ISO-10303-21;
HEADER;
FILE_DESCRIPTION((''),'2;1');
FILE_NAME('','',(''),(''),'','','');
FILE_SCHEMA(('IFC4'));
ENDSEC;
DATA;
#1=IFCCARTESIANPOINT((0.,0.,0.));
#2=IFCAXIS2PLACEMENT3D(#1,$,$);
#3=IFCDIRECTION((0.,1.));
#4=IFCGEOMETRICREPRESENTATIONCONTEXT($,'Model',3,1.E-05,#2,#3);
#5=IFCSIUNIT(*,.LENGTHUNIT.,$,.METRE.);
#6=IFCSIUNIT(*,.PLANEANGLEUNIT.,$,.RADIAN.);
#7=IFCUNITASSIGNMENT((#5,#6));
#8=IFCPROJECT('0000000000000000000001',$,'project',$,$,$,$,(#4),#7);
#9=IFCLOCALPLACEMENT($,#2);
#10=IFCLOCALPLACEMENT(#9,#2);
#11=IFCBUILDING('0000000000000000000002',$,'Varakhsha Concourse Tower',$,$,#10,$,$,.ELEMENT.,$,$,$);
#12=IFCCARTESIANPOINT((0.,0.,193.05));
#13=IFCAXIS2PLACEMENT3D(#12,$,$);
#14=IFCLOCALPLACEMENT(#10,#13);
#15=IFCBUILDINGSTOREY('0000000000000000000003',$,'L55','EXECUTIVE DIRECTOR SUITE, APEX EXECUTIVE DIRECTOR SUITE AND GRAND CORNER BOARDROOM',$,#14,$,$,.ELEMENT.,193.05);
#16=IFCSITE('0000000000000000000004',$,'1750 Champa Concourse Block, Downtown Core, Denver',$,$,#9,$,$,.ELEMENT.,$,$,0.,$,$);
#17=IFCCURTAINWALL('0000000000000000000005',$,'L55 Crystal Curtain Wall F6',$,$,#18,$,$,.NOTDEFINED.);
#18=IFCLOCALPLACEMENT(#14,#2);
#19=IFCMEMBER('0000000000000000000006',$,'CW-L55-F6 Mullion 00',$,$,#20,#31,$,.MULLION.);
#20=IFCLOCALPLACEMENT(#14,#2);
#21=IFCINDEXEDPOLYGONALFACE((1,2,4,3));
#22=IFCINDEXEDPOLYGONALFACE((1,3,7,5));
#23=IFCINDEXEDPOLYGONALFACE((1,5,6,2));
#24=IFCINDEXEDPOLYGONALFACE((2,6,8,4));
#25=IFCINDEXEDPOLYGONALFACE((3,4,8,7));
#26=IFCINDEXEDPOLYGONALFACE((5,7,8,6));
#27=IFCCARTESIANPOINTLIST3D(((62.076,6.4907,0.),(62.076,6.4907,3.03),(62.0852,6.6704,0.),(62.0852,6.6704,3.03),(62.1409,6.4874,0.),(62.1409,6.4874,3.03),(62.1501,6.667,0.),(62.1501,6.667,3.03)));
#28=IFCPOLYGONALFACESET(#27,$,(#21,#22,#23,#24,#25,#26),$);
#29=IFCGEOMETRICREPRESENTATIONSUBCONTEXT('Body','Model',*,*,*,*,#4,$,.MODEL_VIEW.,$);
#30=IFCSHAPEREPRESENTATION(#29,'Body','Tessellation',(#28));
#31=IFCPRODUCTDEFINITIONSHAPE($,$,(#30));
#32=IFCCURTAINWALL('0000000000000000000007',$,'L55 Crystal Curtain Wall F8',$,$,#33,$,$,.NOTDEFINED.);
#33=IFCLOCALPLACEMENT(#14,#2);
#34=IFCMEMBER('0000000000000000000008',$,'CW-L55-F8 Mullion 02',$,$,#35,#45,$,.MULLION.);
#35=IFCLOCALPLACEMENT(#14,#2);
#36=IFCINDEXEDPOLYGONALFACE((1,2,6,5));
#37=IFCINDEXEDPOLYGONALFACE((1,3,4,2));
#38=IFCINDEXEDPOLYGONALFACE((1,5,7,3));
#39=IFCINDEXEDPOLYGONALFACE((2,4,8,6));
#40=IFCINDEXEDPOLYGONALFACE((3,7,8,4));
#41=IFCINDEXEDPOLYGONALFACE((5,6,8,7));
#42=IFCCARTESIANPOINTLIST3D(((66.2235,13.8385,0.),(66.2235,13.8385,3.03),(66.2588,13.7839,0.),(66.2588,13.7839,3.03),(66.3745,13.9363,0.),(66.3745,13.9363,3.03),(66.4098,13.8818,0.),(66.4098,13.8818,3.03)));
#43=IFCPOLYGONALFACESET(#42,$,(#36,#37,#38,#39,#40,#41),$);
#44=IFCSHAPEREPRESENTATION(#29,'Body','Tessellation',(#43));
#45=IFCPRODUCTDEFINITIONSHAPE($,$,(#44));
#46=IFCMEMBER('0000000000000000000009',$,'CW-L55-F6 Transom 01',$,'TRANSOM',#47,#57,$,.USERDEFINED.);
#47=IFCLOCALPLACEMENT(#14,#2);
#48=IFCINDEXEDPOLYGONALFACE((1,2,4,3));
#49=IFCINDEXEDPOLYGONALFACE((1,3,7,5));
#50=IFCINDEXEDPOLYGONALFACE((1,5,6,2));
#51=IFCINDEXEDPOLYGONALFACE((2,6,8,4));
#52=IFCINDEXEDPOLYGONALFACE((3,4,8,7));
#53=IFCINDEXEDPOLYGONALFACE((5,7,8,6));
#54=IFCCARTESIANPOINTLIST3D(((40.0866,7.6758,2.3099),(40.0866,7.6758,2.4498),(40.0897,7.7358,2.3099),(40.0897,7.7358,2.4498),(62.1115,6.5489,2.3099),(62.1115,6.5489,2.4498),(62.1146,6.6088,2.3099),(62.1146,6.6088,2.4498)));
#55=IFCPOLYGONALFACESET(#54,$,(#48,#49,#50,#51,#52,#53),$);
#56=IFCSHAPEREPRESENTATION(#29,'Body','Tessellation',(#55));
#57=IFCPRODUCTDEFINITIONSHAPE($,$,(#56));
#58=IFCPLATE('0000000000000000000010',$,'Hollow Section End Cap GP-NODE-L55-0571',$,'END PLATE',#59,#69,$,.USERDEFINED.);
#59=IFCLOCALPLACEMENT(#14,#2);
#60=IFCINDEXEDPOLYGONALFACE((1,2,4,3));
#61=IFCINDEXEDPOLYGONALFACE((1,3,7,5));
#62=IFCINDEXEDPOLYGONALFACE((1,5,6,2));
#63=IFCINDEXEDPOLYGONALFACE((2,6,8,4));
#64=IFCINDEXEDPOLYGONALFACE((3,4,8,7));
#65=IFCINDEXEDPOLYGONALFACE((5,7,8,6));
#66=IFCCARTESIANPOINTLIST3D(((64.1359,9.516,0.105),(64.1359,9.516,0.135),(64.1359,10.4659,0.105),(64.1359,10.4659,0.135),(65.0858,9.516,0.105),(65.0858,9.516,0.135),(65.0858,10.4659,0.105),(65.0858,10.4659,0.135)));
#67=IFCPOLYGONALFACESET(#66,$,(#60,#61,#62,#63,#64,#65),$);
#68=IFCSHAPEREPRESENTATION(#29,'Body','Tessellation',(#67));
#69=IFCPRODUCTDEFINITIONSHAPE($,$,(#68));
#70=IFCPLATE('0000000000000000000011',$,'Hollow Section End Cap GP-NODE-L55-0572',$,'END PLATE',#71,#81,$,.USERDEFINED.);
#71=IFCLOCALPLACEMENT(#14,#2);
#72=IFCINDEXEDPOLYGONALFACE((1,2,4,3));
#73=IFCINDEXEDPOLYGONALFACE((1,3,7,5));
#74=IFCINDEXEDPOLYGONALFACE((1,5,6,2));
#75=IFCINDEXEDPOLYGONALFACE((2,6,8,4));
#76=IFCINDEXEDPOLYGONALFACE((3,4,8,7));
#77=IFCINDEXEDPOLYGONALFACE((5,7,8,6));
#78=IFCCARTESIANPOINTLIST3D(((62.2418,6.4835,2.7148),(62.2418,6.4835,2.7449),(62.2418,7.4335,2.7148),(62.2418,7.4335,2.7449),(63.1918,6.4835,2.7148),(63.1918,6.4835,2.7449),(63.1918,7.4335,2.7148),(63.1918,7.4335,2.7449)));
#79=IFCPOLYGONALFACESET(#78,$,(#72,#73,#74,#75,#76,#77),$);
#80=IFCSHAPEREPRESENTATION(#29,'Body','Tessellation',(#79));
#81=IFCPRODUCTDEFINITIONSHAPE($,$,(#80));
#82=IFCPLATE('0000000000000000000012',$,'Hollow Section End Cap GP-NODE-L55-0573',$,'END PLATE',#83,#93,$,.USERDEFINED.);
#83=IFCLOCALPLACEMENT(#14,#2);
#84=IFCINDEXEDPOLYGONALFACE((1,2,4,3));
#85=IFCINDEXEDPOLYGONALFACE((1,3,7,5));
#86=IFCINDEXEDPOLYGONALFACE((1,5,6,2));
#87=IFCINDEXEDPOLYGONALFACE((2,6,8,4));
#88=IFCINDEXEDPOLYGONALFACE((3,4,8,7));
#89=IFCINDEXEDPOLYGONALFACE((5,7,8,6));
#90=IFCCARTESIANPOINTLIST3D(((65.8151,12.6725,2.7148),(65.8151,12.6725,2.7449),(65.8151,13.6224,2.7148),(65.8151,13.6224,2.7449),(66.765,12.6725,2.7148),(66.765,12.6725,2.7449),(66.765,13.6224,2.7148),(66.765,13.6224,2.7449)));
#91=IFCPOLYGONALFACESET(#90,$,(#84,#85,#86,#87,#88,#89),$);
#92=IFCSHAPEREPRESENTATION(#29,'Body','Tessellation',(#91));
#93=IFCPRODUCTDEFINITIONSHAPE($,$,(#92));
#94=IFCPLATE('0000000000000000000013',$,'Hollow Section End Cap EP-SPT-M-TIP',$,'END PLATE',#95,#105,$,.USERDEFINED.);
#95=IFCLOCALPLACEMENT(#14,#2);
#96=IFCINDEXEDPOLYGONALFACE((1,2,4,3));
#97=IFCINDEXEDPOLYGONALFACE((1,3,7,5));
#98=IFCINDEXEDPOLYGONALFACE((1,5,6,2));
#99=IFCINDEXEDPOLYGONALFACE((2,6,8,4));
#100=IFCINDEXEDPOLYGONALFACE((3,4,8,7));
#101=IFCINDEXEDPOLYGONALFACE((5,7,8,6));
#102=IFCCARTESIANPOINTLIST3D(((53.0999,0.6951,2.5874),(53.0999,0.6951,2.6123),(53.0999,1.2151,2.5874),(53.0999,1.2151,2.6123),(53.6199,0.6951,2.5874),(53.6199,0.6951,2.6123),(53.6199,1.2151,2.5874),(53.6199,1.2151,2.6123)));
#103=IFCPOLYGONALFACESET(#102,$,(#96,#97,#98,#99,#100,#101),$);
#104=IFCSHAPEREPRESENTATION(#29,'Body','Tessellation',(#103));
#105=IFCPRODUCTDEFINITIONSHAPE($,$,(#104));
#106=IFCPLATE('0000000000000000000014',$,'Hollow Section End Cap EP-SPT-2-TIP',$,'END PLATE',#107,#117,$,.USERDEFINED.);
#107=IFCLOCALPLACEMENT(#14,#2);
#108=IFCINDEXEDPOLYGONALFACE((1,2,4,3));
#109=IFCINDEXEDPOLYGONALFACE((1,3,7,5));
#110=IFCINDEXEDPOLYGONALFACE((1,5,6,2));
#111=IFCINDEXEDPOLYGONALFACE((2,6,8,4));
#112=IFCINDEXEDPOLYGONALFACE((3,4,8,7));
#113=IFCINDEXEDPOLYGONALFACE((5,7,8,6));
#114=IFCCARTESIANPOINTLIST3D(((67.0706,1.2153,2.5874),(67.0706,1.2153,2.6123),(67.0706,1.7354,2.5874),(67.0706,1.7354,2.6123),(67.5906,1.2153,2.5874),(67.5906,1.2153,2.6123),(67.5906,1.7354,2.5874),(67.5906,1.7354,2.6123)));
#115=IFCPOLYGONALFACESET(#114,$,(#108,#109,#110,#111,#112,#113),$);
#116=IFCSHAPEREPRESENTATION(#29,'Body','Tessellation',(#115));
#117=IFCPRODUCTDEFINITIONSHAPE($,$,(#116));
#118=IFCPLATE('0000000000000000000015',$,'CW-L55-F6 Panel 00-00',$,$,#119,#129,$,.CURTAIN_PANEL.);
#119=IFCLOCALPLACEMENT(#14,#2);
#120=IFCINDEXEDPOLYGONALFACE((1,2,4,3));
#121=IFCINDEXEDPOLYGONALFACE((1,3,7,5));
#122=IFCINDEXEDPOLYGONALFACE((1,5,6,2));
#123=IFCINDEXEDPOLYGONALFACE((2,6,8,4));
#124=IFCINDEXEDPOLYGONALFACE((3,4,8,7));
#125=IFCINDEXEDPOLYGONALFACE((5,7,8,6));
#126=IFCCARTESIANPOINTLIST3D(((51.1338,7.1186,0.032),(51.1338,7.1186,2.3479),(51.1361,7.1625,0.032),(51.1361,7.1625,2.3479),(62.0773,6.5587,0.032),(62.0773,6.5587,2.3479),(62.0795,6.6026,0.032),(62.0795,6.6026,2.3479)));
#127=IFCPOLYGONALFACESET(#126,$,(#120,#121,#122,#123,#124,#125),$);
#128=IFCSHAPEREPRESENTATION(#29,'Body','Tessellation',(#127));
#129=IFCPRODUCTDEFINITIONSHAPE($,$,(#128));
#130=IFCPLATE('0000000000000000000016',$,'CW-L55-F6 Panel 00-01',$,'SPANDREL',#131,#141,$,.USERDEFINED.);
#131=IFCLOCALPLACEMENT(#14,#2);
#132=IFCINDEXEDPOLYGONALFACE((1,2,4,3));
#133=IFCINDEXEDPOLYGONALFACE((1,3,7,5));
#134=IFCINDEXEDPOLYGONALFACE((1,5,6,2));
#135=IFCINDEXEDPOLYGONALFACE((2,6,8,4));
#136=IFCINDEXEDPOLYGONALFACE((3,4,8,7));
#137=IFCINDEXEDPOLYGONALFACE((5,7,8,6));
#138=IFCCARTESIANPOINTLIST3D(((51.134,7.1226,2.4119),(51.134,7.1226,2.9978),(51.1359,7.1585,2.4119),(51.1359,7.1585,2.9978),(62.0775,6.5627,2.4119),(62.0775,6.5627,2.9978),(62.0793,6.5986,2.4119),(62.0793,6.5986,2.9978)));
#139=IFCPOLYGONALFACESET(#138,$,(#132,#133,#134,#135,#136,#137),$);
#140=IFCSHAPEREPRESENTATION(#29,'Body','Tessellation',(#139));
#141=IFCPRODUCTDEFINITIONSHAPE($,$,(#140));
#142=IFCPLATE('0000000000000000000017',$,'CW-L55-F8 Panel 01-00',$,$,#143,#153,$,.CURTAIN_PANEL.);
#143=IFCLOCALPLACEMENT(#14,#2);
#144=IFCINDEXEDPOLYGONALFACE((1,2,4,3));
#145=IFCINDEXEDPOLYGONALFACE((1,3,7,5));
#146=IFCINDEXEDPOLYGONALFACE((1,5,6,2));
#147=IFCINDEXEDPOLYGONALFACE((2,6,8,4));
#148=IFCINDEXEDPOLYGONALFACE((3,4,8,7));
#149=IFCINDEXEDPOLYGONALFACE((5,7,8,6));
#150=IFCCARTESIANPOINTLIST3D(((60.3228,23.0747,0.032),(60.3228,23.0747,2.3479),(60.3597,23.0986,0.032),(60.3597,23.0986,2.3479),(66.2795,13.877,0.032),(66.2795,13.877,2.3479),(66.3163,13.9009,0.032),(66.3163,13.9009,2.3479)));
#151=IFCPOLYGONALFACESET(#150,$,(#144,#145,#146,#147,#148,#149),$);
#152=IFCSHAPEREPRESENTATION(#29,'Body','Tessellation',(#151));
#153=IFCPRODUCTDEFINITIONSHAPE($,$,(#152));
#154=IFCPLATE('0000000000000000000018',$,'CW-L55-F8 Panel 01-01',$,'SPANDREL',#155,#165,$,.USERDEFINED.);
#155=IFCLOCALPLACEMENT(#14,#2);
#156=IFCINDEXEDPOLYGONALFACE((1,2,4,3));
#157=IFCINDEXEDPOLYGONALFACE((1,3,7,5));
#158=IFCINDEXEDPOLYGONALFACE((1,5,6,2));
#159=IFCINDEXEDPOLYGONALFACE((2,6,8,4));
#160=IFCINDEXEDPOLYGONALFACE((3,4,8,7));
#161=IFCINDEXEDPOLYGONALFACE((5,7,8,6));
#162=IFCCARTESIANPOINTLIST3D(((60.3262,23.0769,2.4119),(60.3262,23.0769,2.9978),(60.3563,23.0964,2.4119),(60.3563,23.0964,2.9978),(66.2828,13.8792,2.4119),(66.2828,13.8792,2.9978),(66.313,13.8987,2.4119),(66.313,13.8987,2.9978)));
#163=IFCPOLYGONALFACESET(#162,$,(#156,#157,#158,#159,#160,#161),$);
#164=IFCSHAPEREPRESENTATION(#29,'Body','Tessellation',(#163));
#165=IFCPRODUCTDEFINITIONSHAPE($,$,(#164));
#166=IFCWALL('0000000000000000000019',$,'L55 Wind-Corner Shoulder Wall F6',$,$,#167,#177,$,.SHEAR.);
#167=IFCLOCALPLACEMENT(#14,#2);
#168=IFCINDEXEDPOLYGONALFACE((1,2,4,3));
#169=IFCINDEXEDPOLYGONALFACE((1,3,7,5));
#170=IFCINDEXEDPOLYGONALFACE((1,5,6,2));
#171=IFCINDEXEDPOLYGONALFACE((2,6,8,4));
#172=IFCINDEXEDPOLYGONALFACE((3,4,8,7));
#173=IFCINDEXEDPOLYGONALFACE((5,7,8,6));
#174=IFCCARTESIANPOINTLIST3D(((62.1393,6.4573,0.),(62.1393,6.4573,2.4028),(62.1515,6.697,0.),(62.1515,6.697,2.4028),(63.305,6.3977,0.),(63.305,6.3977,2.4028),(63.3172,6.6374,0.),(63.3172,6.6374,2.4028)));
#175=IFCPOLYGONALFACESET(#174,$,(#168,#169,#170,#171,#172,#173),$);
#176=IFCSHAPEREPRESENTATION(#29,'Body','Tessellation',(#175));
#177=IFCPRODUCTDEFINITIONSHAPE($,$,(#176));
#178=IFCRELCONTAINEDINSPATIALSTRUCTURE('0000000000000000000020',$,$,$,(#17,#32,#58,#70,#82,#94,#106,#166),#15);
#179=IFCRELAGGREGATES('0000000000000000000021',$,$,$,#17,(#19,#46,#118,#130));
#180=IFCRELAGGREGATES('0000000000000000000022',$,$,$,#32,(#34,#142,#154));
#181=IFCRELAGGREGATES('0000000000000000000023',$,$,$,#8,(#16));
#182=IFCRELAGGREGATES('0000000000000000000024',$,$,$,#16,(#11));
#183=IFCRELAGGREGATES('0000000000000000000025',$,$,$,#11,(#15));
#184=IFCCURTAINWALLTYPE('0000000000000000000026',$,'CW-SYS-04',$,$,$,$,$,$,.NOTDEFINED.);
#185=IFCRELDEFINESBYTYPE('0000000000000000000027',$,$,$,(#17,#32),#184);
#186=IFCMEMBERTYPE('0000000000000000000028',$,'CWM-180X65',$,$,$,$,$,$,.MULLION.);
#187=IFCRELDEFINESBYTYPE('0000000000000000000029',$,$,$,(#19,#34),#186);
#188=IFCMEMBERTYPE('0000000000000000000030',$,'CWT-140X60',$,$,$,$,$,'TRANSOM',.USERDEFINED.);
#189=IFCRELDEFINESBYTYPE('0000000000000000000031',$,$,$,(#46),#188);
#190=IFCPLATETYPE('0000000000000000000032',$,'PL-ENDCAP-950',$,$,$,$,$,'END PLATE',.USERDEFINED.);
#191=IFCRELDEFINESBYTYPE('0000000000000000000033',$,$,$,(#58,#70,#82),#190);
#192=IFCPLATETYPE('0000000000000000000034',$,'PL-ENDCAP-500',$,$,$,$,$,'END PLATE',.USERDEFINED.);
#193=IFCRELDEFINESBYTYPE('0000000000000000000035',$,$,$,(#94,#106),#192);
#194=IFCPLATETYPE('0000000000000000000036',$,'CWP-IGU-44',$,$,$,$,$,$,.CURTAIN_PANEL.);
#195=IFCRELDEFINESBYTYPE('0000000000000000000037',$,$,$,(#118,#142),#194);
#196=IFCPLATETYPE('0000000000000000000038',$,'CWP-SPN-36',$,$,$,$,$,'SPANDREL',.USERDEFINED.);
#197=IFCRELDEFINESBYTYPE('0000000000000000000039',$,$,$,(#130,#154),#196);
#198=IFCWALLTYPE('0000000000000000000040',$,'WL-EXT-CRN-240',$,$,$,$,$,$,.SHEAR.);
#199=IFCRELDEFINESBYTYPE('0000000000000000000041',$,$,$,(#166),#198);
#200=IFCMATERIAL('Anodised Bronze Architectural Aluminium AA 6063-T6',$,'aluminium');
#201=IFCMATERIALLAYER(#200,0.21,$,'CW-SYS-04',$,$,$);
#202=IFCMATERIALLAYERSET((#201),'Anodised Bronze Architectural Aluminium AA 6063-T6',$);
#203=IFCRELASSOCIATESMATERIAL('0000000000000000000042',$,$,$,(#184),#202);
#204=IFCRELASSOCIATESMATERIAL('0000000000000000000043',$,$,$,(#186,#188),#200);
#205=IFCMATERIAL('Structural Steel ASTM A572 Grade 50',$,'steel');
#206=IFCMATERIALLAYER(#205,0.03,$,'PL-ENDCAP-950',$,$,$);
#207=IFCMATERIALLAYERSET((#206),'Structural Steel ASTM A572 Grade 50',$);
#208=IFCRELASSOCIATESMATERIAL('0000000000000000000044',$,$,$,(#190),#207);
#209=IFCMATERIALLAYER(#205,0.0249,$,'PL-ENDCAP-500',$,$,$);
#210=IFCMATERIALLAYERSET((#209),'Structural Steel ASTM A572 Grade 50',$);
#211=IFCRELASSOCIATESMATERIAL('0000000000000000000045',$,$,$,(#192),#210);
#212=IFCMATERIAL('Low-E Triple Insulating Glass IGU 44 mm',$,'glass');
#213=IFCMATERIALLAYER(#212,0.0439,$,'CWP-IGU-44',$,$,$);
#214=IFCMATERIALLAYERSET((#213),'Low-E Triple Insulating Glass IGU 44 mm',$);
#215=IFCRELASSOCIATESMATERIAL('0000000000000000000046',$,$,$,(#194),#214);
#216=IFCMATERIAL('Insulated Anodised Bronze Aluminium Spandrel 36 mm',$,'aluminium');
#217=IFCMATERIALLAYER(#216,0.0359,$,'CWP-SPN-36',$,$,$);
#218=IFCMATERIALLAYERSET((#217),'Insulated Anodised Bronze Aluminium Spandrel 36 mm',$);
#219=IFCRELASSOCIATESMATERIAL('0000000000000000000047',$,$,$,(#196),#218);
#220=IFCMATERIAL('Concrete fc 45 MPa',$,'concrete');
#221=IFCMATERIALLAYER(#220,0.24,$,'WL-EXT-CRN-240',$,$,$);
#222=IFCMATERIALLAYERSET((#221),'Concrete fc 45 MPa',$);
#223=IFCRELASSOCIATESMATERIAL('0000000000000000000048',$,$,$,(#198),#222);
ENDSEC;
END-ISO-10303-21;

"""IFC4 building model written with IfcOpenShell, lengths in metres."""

from ifc_helpers import new_model, si_unit, direction, frame, frame_2d, origin, origin_2d, place, context, subcontext, project, spatial, rectangle, extrude, source, transform, mapped, material, layer, layer_set, material_profile, profile_set, type_object, type_shapes, element, aggregate, save


model = new_model("IFC4")

# Units and contexts
model_context = context("Model", 3, precision=1e-05, world=origin(), true_north=direction((0.0, 1.0)))
body_context = subcontext(model_context, "Body", "Model", "MODEL_VIEW")
ifc_project = project(units=[si_unit("LENGTHUNIT", "METRE"), si_unit("PLANEANGLEUNIT", "RADIAN")], contexts=[model_context])

# Site, building, storey
site_placement = place(None, origin())
site = spatial("IfcSite", under=ifc_project, at=site_placement, Name="1750 Champa Concourse Block, Downtown Core, Denver", CompositionType="ELEMENT", RefElevation=0.0)
building_placement = place(site_placement, origin())
building = spatial("IfcBuilding", under=site, at=building_placement, Name="Varakhsha Concourse Tower", CompositionType="ELEMENT")
storey_placement = place(building_placement, frame((0.0, 0.0, 193.05)))
storey = spatial("IfcBuildingStorey", under=building, at=storey_placement, Name="L55", Description="EXECUTIVE DIRECTOR SUITE, APEX EXECUTIVE DIRECTOR SUITE AND GRAND CORNER BOARDROOM", CompositionType="ELEMENT", Elevation=193.05)

# Shared definitions
ifc_material_1 = material(Name="Structural Steel ASTM A572 Grade 50", Category="steel")

# Curtain walls, members
ifc_material_2 = material(Name="Anodised Bronze Architectural Aluminium AA 6063-T6", Category="aluminium")
ifc_layer_1 = layer(ifc_material_2, 0.21, Name="CW-SYS-04")
ifc_layer_set_1 = layer_set([ifc_layer_1], Name="Anodised Bronze Architectural Aluminium AA 6063-T6")
curtain_wall_type = type_object("IfcCurtainWallType", Name="CW-SYS-04", PredefinedType="NOTDEFINED", material=ifc_layer_set_1)
curtain_wall_1_placement = place(storey_placement, origin())
curtain_wall_1 = element("IfcCurtainWall", 1, at=curtain_wall_1_placement, inside=storey, type_object=curtain_wall_type, Name="L55 Crystal Curtain Wall F6", PredefinedType="NOTDEFINED")
ifc_material_profile_1 = material_profile(ifc_material_2, rectangle(XDim=0.0649, YDim=0.1799, at=origin_2d()), Name="CWM-180X65")
ifc_profile_set_1 = profile_set([ifc_material_profile_1], Name="Anodised Bronze Architectural Aluminium AA 6063-T6")
member_type_1 = type_object("IfcMemberType", Name="CWM-180X65", PredefinedType="MULLION", material=ifc_profile_set_1)
shared_shape_1 = source(origin(), body_context, "Body", "SweptSolid", [
    extrude(rectangle(XDim=0.0649, YDim=0.1799, at=origin_2d()), origin(), (0.0, 0.0, 1.0), 3.03),
])
type_shapes(member_type_1, [shared_shape_1])
member_1_placement = place(storey_placement, frame((62.113, 6.5789, 0.0), z_axis=(0.0, 0.0, 1.0), x_axis=(-0.998694, 0.051093, 0.0)))
member_1 = element("IfcMember", 2, at=member_1_placement, type_object=member_type_1, Name="CW-L55-F6 Mullion 00", PredefinedType="MULLION", context=body_context, shape_type="MappedRepresentation", body=[
    mapped(shared_shape_1, transform((0.0, 0.0, 0.0), scale=1.0)),
])
curtain_wall_2_placement = place(storey_placement, origin())
curtain_wall_2 = element("IfcCurtainWall", 3, at=curtain_wall_2_placement, inside=storey, type_object=curtain_wall_type, Name="L55 Crystal Curtain Wall F8", PredefinedType="NOTDEFINED")
member_2_placement = place(storey_placement, frame((66.3167, 13.8601, 0.0), z_axis=(0.0, 0.0, 1.0), x_axis=(0.543588, -0.839352, 0.0)))
member_2 = element("IfcMember", 4, at=member_2_placement, type_object=member_type_1, Name="CW-L55-F8 Mullion 02", PredefinedType="MULLION", context=body_context, shape_type="MappedRepresentation", body=[
    mapped(shared_shape_1, transform((0.0, 0.0, 0.0), scale=1.0)),
])

# Member
ifc_material_profile_2 = material_profile(ifc_material_2, rectangle(XDim=0.0601, YDim=0.1399, at=origin_2d()), Name="CWT-140X60")
ifc_profile_set_2 = profile_set([ifc_material_profile_2], Name="Anodised Bronze Architectural Aluminium AA 6063-T6")
member_type_2 = type_object("IfcMemberType", Name="CWT-140X60", ElementType="TRANSOM", PredefinedType="USERDEFINED", material=ifc_profile_set_2)
shared_shape_2 = source(origin(), body_context, "Body", "SweptSolid", [
    extrude(rectangle(XDim=0.0601, YDim=0.1399, at=origin_2d()), origin(), (0.0, 0.0, 1.0), 22.0537),
])
type_shapes(member_type_2, [shared_shape_2])
member_3_placement = place(storey_placement, frame((62.113, 6.5789, 2.3799), z_axis=(-0.998694, 0.0511, 0.0), x_axis=(-0.0511, -0.998694, 0.0)))
member_3 = element("IfcMember", 5, at=member_3_placement, type_object=member_type_2, Name="CW-L55-F6 Transom 01", ObjectType="TRANSOM", PredefinedType="USERDEFINED", context=body_context, shape_type="MappedRepresentation", body=[
    mapped(shared_shape_2, transform((0.0, 0.0, 0.0), scale=1.0)),
])

# Plates
ifc_layer_2 = layer(ifc_material_1, 0.03, Name="PL-ENDCAP-950")
ifc_layer_set_2 = layer_set([ifc_layer_2], Name="Structural Steel ASTM A572 Grade 50")
plate_type_1 = type_object("IfcPlateType", Name="PL-ENDCAP-950", ElementType="END PLATE", PredefinedType="USERDEFINED", material=ifc_layer_set_2)
shared_shape_3 = source(origin(), body_context, "Body", "SweptSolid", [
    extrude(rectangle(XDim=0.95, YDim=0.95, at=origin_2d()), origin(), (0.0, 0.0, 1.0), 0.03),
])
type_shapes(plate_type_1, [shared_shape_3])
for number, where, z_axis, x_axis, name in (
    (6, (64.6108, 9.991, 0.105), (0.0, 0.0, 1.0), (1.0, 0.0, 0.0), "Hollow Section End Cap GP-NODE-L55-0571"),
    (7, (62.7168, 6.9585, 2.7148), (0.0, 0.0, 1.0), (1.0, 0.0, 0.0), "Hollow Section End Cap GP-NODE-L55-0572"),
    (8, (66.29, 13.1475, 2.7148), (0.0, 0.0, 1.0), (1.0, 0.0, 0.0), "Hollow Section End Cap GP-NODE-L55-0573"),
):
    element("IfcPlate", number, at=place(storey_placement, frame(where, z_axis=z_axis, x_axis=x_axis)), inside=storey, type_object=plate_type_1, Name=name, ObjectType="END PLATE", PredefinedType="USERDEFINED", context=body_context, shape_type="MappedRepresentation", body=[
        mapped(shared_shape_3, transform((0.0, 0.0, 0.0), scale=1.0)),
    ])
ifc_layer_3 = layer(ifc_material_1, 0.0249, Name="PL-ENDCAP-500")
ifc_layer_set_3 = layer_set([ifc_layer_3], Name="Structural Steel ASTM A572 Grade 50")
plate_type_2 = type_object("IfcPlateType", Name="PL-ENDCAP-500", ElementType="END PLATE", PredefinedType="USERDEFINED", material=ifc_layer_set_3)
shared_shape_4 = source(origin(), body_context, "Body", "SweptSolid", [
    extrude(rectangle(XDim=0.52, YDim=0.52, at=origin_2d()), origin(), (0.0, 0.0, 1.0), 0.0249),
])
type_shapes(plate_type_2, [shared_shape_4])
for number, where, z_axis, x_axis, name in (
    (9, (53.3599, 0.9551, 2.5874), (0.0, 0.0, 1.0), (1.0, 0.0, 0.0), "Hollow Section End Cap EP-SPT-M-TIP"),
    (10, (67.3306, 1.4753, 2.5874), (0.0, 0.0, 1.0), (1.0, 0.0, 0.0), "Hollow Section End Cap EP-SPT-2-TIP"),
):
    element("IfcPlate", number, at=place(storey_placement, frame(where, z_axis=z_axis, x_axis=x_axis)), inside=storey, type_object=plate_type_2, Name=name, ObjectType="END PLATE", PredefinedType="USERDEFINED", context=body_context, shape_type="MappedRepresentation", body=[
        mapped(shared_shape_4, transform((0.0, 0.0, 0.0), scale=1.0)),
    ])

# Plates
ifc_material_3 = material(Name="Low-E Triple Insulating Glass IGU 44 mm", Category="glass")
ifc_layer_4 = layer(ifc_material_3, 0.0439, Name="CWP-IGU-44")
ifc_layer_set_4 = layer_set([ifc_layer_4], Name="Low-E Triple Insulating Glass IGU 44 mm")
plate_type_3 = type_object("IfcPlateType", Name="CWP-IGU-44", PredefinedType="CURTAIN_PANEL", material=ifc_layer_set_4)
shared_shape_5 = source(origin(), body_context, "Body", "SweptSolid", [
    extrude(rectangle(XDim=10.9578, YDim=0.0439, at=origin_2d()), origin(), (0.0, 0.0, 1.0), 2.3159),
])
plate_1_placement = place(storey_placement, frame((56.6067, 6.8606, 0.032), z_axis=(0.0, 0.0, 1.0), x_axis=(-0.998694, 0.051093, 0.0)))
plate_1 = element("IfcPlate", 11, at=plate_1_placement, type_object=plate_type_3, Name="CW-L55-F6 Panel 00-00", PredefinedType="CURTAIN_PANEL", context=body_context, shape_type="MappedRepresentation", body=[
    mapped(shared_shape_5, transform((0.0, 0.0, 0.0), scale=1.0)),
])
ifc_material_4 = material(Name="Insulated Anodised Bronze Aluminium Spandrel 36 mm", Category="aluminium")
ifc_layer_5 = layer(ifc_material_4, 0.0359, Name="CWP-SPN-36")
ifc_layer_set_5 = layer_set([ifc_layer_5], Name="Insulated Anodised Bronze Aluminium Spandrel 36 mm")
plate_type_4 = type_object("IfcPlateType", Name="CWP-SPN-36", ElementType="SPANDREL", PredefinedType="USERDEFINED", material=ifc_layer_set_5)
shared_shape_6 = source(origin(), body_context, "Body", "SweptSolid", [
    extrude(rectangle(XDim=10.9578, YDim=0.0359, at=origin_2d()), origin(), (0.0, 0.0, 1.0), 0.5859),
])
plate_2_placement = place(storey_placement, frame((56.6067, 6.8606, 2.4119), z_axis=(0.0, 0.0, 1.0), x_axis=(-0.998694, 0.051093, 0.0)))
plate_2 = element("IfcPlate", 12, at=plate_2_placement, type_object=plate_type_4, Name="CW-L55-F6 Panel 00-01", ObjectType="SPANDREL", PredefinedType="USERDEFINED", context=body_context, shape_type="MappedRepresentation", body=[
    mapped(shared_shape_6, transform((0.0, 0.0, 0.0), scale=1.0)),
])
aggregate(curtain_wall_1, [member_1, member_3, plate_1, plate_2])
shared_shape_7 = source(origin(), body_context, "Body", "SweptSolid", [
    extrude(rectangle(XDim=10.958, YDim=0.0439, at=origin_2d()), origin(), (0.0, 0.0, 1.0), 2.3159),
])
type_shapes(plate_type_3, [shared_shape_5, shared_shape_7])
plate_3_placement = place(storey_placement, frame((63.3196, 18.4878, 0.032), z_axis=(0.0, 0.0, 1.0), x_axis=(0.543588, -0.839352, 0.0)))
plate_3 = element("IfcPlate", 13, at=plate_3_placement, type_object=plate_type_3, Name="CW-L55-F8 Panel 01-00", PredefinedType="CURTAIN_PANEL", context=body_context, shape_type="MappedRepresentation", body=[
    mapped(shared_shape_7, transform((0.0, 0.0, 0.0), scale=1.0)),
])
shared_shape_8 = source(origin(), body_context, "Body", "SweptSolid", [
    extrude(rectangle(XDim=10.958, YDim=0.0359, at=origin_2d()), origin(), (0.0, 0.0, 1.0), 0.5859),
])
type_shapes(plate_type_4, [shared_shape_6, shared_shape_8])
plate_4_placement = place(storey_placement, frame((63.3196, 18.4878, 2.4119), z_axis=(0.0, 0.0, 1.0), x_axis=(0.543588, -0.839352, 0.0)))
plate_4 = element("IfcPlate", 14, at=plate_4_placement, type_object=plate_type_4, Name="CW-L55-F8 Panel 01-01", ObjectType="SPANDREL", PredefinedType="USERDEFINED", context=body_context, shape_type="MappedRepresentation", body=[
    mapped(shared_shape_8, transform((0.0, 0.0, 0.0), scale=1.0)),
])
aggregate(curtain_wall_2, [member_2, plate_3, plate_4])

# Wall
ifc_material_5 = material(Name="Concrete fc 45 MPa", Category="concrete")
ifc_layer_6 = layer(ifc_material_5, 0.24, Name="WL-EXT-CRN-240")
ifc_layer_set_6 = layer_set([ifc_layer_6], Name="Concrete fc 45 MPa")
wall_type = type_object("IfcWallType", Name="WL-EXT-CRN-240", PredefinedType="SHEAR", material=ifc_layer_set_6)
wall_1_placement = place(storey_placement, frame((62.1455, 6.5771, 0.0), z_axis=(0.0, 0.0, 1.0), x_axis=(0.998697, -0.051033, 0.0)))
element("IfcWall", 15, at=wall_1_placement, inside=storey, type_object=wall_type, Name="L55 Wind-Corner Shoulder Wall F6", PredefinedType="SHEAR", context=body_context, shape_type="SweptSolid", body=[
    extrude(rectangle(XDim=1.1672, YDim=0.24, at=frame_2d((0.5835, 0.0))), origin(), (0.0, 0.0, 1.0), 2.4028),
])

save(model, "model.ifc")
